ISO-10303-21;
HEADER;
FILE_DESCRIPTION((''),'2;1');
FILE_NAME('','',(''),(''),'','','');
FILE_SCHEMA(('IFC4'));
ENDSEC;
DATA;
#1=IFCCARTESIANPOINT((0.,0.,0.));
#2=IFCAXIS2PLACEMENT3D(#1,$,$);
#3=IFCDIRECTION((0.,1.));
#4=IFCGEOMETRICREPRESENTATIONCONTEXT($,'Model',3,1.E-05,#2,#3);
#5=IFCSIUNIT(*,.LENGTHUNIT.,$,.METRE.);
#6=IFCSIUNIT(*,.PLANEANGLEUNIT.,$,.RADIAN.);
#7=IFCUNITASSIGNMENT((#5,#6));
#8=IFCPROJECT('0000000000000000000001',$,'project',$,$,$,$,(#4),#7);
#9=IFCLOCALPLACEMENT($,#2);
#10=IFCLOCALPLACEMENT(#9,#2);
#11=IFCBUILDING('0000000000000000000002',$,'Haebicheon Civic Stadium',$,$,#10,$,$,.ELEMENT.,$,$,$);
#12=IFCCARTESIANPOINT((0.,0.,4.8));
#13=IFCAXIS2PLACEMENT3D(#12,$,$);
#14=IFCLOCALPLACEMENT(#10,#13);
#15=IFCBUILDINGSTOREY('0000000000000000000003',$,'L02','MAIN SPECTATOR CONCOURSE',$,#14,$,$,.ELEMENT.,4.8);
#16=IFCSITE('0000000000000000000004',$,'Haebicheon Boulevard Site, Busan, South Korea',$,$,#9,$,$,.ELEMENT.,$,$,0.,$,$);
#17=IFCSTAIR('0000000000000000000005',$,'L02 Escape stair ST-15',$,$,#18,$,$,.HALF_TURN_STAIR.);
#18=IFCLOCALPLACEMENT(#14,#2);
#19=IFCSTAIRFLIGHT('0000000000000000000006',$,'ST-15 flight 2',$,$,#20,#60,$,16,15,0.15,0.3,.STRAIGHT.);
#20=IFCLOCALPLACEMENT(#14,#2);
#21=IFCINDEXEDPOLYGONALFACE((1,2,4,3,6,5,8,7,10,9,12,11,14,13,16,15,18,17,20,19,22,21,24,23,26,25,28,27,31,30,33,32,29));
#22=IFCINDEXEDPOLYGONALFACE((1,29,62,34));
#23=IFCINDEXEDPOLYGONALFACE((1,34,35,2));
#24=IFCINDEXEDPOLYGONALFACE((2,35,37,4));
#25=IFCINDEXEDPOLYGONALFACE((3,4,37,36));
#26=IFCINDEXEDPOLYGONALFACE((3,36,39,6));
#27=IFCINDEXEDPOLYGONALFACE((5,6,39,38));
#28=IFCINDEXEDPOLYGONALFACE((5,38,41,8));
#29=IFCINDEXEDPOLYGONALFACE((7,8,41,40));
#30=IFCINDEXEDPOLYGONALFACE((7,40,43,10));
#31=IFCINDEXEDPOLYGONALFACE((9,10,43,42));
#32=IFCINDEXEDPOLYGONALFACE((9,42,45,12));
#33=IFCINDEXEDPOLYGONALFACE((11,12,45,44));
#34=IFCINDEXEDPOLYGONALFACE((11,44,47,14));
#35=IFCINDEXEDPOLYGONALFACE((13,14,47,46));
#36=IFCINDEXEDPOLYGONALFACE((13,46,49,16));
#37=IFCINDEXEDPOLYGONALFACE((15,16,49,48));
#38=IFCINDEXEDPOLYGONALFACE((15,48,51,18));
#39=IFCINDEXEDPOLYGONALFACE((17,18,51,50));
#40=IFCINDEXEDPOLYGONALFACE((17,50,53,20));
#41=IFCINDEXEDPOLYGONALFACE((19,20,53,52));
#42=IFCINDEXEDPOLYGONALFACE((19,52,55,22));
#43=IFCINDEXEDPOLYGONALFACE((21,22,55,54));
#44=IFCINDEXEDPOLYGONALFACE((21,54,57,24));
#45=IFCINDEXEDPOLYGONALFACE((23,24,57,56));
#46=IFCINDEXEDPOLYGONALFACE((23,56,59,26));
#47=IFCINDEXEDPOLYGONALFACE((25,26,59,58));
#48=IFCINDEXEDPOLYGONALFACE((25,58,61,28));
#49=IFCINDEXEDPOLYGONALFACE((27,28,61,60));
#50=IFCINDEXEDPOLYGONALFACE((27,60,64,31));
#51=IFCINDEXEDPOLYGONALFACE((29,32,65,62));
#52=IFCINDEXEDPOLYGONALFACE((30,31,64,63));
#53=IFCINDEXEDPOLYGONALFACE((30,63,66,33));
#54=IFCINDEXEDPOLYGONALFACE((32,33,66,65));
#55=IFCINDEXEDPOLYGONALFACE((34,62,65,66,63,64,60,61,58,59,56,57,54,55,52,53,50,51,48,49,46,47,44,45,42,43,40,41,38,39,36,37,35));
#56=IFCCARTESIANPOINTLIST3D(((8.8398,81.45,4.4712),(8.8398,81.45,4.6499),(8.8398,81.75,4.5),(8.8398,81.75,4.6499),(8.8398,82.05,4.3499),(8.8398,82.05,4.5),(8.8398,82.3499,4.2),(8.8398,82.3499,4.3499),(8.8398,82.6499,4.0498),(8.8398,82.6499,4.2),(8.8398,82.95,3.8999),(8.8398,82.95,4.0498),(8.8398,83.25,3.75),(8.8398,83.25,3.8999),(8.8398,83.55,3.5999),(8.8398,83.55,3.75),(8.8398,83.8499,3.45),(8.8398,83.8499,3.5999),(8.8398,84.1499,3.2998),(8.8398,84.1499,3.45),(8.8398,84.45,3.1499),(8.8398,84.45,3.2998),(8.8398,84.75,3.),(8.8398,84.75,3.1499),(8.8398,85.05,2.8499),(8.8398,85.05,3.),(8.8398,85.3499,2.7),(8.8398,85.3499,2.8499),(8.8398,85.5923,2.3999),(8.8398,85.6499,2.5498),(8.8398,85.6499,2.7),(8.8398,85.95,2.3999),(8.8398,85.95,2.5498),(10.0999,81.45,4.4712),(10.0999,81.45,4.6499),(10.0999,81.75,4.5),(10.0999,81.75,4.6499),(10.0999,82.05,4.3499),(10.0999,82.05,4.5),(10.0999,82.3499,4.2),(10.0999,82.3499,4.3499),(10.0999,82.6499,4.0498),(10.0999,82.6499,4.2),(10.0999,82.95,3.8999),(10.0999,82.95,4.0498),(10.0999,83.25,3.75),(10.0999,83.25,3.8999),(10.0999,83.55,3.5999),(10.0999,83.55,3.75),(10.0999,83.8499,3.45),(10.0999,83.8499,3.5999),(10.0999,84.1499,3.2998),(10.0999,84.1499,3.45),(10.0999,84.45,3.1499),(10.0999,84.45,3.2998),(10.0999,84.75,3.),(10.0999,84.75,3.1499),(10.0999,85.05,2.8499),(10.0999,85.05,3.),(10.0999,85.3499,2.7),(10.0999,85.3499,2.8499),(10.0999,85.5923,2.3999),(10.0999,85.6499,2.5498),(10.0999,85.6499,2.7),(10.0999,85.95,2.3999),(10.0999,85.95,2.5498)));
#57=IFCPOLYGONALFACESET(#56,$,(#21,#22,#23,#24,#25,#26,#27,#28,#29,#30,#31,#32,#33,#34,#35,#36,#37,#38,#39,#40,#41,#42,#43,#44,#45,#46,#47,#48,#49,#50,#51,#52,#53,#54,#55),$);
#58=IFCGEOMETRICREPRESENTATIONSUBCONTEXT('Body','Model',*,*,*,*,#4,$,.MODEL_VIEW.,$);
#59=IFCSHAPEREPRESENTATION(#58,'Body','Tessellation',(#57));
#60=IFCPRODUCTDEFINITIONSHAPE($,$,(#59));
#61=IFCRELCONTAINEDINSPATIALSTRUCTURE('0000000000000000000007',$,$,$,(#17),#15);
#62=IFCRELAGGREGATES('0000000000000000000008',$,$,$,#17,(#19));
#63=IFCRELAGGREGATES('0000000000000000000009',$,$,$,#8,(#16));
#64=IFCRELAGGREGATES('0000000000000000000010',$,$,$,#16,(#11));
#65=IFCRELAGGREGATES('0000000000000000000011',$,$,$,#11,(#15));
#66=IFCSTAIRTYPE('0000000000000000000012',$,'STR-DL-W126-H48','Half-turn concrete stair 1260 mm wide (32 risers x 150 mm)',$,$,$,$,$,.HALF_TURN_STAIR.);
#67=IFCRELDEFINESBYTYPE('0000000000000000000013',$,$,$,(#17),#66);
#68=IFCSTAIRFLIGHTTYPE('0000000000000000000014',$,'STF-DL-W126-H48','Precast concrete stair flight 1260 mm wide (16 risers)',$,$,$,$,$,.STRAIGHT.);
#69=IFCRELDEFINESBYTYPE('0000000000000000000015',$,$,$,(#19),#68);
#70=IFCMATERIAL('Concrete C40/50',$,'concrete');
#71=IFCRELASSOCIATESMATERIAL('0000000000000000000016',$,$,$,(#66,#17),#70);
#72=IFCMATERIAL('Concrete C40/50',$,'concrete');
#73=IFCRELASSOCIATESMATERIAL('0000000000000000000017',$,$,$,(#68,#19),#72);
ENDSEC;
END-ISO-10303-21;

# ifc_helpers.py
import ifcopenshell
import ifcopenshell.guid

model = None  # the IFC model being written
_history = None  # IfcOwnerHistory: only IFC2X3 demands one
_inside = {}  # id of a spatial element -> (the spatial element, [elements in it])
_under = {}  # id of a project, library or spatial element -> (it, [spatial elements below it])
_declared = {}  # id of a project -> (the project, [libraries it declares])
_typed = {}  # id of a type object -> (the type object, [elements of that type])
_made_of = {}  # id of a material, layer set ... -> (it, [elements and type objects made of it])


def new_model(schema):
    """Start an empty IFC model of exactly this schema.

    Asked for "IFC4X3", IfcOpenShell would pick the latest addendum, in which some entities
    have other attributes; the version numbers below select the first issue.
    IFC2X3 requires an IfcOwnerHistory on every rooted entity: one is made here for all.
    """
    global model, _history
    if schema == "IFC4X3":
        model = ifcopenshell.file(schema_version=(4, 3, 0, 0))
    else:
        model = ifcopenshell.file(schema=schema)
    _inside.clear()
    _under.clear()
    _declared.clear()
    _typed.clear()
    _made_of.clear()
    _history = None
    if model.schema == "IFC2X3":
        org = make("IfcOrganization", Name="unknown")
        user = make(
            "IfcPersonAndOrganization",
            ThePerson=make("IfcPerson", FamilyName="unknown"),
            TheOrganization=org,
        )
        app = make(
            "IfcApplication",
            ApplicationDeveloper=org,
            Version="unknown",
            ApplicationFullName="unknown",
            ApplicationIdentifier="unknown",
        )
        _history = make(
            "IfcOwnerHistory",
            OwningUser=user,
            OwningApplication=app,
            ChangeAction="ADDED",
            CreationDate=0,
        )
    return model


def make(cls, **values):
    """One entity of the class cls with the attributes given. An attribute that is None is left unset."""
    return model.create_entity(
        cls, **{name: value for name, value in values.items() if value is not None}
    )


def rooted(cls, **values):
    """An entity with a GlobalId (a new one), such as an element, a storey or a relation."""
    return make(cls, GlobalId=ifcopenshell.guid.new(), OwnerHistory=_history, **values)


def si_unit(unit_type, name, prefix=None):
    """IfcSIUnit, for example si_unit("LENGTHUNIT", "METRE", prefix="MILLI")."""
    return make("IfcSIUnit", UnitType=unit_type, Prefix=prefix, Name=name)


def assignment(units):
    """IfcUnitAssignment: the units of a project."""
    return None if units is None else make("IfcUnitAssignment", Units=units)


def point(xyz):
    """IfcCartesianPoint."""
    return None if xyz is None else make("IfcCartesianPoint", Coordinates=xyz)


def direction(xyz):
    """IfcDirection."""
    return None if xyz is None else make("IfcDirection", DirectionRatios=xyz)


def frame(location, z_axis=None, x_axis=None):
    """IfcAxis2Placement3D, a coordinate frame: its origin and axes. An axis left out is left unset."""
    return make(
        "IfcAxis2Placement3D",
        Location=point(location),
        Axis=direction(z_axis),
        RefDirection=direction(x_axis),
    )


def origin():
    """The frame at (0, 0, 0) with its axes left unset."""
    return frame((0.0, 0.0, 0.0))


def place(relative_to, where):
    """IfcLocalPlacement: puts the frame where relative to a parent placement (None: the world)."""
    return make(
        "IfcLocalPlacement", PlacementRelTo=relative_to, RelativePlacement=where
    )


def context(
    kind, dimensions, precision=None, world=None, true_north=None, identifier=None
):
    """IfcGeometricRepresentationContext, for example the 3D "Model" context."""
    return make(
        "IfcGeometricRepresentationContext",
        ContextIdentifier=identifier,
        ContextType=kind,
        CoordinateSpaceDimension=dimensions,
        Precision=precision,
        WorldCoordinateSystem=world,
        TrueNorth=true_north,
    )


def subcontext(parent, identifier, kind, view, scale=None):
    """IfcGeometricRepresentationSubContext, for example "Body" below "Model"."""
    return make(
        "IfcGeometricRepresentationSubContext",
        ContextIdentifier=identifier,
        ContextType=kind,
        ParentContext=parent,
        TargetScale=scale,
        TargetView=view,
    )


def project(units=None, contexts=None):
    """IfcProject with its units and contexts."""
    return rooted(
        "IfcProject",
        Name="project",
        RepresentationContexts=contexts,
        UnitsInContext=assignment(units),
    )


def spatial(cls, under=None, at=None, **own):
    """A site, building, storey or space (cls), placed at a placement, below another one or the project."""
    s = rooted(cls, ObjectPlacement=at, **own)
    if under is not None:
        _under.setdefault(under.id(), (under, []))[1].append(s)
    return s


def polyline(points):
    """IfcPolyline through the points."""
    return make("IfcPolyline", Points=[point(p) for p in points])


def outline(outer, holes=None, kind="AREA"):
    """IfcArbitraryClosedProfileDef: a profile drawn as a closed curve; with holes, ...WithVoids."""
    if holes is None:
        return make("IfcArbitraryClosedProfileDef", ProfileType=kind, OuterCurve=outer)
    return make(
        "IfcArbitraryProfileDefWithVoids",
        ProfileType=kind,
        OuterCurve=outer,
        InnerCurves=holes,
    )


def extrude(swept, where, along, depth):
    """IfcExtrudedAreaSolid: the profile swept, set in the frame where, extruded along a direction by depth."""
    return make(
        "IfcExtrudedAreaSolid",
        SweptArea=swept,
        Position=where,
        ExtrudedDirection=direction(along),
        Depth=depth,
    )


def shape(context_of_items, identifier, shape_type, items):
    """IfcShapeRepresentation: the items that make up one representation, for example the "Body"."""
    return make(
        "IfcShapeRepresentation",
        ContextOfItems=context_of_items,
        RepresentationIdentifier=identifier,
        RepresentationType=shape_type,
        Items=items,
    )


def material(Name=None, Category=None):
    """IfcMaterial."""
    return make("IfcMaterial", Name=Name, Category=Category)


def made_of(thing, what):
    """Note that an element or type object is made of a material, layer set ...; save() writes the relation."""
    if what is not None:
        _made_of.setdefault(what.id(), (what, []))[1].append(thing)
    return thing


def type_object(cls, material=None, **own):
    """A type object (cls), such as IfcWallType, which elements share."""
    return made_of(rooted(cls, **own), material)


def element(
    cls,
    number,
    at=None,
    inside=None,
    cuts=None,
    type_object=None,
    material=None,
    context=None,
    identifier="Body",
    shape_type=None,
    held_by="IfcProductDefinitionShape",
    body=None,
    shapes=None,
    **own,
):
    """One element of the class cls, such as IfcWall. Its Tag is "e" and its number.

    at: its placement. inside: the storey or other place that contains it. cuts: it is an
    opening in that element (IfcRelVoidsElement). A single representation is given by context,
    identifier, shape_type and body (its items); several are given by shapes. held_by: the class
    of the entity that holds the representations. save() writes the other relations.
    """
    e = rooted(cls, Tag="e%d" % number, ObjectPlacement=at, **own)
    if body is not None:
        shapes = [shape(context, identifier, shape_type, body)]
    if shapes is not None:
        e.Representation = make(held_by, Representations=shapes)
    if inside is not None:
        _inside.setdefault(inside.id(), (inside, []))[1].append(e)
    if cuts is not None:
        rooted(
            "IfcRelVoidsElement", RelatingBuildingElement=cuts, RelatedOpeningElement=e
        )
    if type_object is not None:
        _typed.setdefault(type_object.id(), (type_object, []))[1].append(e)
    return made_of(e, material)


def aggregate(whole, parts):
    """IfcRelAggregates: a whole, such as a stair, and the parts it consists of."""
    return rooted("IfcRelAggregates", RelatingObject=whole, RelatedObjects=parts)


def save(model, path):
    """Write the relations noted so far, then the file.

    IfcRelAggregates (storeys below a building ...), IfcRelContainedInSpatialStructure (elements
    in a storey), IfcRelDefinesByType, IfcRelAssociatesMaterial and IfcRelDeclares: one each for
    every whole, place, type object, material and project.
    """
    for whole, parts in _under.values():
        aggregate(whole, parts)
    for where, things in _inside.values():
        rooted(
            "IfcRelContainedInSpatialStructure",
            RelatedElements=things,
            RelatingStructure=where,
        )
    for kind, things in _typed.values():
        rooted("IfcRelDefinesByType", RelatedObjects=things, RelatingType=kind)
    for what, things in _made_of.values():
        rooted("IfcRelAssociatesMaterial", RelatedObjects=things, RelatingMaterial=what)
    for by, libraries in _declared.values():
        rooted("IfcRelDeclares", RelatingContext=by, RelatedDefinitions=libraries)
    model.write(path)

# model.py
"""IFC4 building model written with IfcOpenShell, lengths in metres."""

from ifc_helpers import new_model, si_unit, direction, frame, origin, place, context, subcontext, project, spatial, polyline, outline, extrude, material, type_object, element, aggregate, save


model = new_model("IFC4")

# Units and contexts
model_context = context("Model", 3, precision=1e-05, world=origin(), true_north=direction((0.0, 1.0)))
body_context = subcontext(model_context, "Body", "Model", "MODEL_VIEW")
ifc_project = project(units=[si_unit("LENGTHUNIT", "METRE"), si_unit("PLANEANGLEUNIT", "RADIAN")], contexts=[model_context])

# Site, building, storey
site_placement = place(None, origin())
site = spatial("IfcSite", under=ifc_project, at=site_placement, Name="Haebicheon Boulevard Site, Busan, South Korea", CompositionType="ELEMENT", RefElevation=0.0)
building_placement = place(site_placement, origin())
building = spatial("IfcBuilding", under=site, at=building_placement, Name="Haebicheon Civic Stadium", CompositionType="ELEMENT")
storey_placement = place(building_placement, frame((0.0, 0.0, 4.8)))
storey = spatial("IfcBuildingStorey", under=building, at=storey_placement, Name="L02", Description="MAIN SPECTATOR CONCOURSE", CompositionType="ELEMENT", Elevation=4.8)

# Stair, stair flight
ifc_material_1 = material(Name="Concrete C40/50", Category="concrete")
stair_type = type_object("IfcStairType", Name="STR-DL-W126-H48", Description="Half-turn concrete stair 1260 mm wide (32 risers x 150 mm)", PredefinedType="HALF_TURN_STAIR", material=ifc_material_1)
stair_placement = place(storey_placement, origin())
stair = element("IfcStair", 1, at=stair_placement, inside=storey, type_object=stair_type, material=ifc_material_1, Name="L02 Escape stair ST-15", PredefinedType="HALF_TURN_STAIR")
ifc_material_2 = material(Name="Concrete C40/50", Category="concrete")
stair_flight_type = type_object("IfcStairFlightType", Name="STF-DL-W126-H48", Description="Precast concrete stair flight 1260 mm wide (16 risers)", PredefinedType="STRAIGHT", material=ifc_material_2)
stair_flight_1_placement = place(storey_placement, frame((9.47, 85.95, 2.3999), z_axis=(0.0, 0.0, 1.0), x_axis=(0.0, -1.0, 0.0)))
stair_flight_1 = element("IfcStairFlight", 2, at=stair_flight_1_placement, type_object=stair_flight_type, material=ifc_material_2, Name="ST-15 flight 2", NumberOfRisers=16, NumberOfTreads=15, PredefinedType="STRAIGHT", RiserHeight=0.15, TreadLength=0.3, context=body_context, shape_type="SweptSolid", body=[
    extrude(outline(polyline([(0.0, 0.0), (0.0, 0.1499), (0.3, 0.1499), (0.3, 0.3), (0.6001, 0.3), (0.6001, 0.45), (0.8999, 0.45), (0.8999, 0.6001), (1.2, 0.6001), (1.2, 0.75), (1.5, 0.75), (1.5, 0.8999), (1.8, 0.8999), (1.8, 1.05), (2.1001, 1.05), (2.1001, 1.2), (2.3999, 1.2), (2.3999, 1.3501), (2.7, 1.3501), (2.7, 1.5), (3.0, 1.5), (3.0, 1.6499), (3.3, 1.6499), (3.3, 1.8), (3.6001, 1.8), (3.6001, 1.95), (3.8999, 1.95), (3.8999, 2.1001), (4.2, 2.1001), (4.2, 2.25), (4.5, 2.25), (4.5, 2.3999), (4.5, 2.0713), (0.3577, 0.0), (0.0, 0.0)])), frame((0.0, 0.6299, 0.0), z_axis=(0.0, -1.0, 0.0), x_axis=(1.0, 0.0, 0.0)), (0.0, 0.0, 1.0), 1.26),
])
aggregate(stair, [stair_flight_1])

save(model, "model.ifc")
